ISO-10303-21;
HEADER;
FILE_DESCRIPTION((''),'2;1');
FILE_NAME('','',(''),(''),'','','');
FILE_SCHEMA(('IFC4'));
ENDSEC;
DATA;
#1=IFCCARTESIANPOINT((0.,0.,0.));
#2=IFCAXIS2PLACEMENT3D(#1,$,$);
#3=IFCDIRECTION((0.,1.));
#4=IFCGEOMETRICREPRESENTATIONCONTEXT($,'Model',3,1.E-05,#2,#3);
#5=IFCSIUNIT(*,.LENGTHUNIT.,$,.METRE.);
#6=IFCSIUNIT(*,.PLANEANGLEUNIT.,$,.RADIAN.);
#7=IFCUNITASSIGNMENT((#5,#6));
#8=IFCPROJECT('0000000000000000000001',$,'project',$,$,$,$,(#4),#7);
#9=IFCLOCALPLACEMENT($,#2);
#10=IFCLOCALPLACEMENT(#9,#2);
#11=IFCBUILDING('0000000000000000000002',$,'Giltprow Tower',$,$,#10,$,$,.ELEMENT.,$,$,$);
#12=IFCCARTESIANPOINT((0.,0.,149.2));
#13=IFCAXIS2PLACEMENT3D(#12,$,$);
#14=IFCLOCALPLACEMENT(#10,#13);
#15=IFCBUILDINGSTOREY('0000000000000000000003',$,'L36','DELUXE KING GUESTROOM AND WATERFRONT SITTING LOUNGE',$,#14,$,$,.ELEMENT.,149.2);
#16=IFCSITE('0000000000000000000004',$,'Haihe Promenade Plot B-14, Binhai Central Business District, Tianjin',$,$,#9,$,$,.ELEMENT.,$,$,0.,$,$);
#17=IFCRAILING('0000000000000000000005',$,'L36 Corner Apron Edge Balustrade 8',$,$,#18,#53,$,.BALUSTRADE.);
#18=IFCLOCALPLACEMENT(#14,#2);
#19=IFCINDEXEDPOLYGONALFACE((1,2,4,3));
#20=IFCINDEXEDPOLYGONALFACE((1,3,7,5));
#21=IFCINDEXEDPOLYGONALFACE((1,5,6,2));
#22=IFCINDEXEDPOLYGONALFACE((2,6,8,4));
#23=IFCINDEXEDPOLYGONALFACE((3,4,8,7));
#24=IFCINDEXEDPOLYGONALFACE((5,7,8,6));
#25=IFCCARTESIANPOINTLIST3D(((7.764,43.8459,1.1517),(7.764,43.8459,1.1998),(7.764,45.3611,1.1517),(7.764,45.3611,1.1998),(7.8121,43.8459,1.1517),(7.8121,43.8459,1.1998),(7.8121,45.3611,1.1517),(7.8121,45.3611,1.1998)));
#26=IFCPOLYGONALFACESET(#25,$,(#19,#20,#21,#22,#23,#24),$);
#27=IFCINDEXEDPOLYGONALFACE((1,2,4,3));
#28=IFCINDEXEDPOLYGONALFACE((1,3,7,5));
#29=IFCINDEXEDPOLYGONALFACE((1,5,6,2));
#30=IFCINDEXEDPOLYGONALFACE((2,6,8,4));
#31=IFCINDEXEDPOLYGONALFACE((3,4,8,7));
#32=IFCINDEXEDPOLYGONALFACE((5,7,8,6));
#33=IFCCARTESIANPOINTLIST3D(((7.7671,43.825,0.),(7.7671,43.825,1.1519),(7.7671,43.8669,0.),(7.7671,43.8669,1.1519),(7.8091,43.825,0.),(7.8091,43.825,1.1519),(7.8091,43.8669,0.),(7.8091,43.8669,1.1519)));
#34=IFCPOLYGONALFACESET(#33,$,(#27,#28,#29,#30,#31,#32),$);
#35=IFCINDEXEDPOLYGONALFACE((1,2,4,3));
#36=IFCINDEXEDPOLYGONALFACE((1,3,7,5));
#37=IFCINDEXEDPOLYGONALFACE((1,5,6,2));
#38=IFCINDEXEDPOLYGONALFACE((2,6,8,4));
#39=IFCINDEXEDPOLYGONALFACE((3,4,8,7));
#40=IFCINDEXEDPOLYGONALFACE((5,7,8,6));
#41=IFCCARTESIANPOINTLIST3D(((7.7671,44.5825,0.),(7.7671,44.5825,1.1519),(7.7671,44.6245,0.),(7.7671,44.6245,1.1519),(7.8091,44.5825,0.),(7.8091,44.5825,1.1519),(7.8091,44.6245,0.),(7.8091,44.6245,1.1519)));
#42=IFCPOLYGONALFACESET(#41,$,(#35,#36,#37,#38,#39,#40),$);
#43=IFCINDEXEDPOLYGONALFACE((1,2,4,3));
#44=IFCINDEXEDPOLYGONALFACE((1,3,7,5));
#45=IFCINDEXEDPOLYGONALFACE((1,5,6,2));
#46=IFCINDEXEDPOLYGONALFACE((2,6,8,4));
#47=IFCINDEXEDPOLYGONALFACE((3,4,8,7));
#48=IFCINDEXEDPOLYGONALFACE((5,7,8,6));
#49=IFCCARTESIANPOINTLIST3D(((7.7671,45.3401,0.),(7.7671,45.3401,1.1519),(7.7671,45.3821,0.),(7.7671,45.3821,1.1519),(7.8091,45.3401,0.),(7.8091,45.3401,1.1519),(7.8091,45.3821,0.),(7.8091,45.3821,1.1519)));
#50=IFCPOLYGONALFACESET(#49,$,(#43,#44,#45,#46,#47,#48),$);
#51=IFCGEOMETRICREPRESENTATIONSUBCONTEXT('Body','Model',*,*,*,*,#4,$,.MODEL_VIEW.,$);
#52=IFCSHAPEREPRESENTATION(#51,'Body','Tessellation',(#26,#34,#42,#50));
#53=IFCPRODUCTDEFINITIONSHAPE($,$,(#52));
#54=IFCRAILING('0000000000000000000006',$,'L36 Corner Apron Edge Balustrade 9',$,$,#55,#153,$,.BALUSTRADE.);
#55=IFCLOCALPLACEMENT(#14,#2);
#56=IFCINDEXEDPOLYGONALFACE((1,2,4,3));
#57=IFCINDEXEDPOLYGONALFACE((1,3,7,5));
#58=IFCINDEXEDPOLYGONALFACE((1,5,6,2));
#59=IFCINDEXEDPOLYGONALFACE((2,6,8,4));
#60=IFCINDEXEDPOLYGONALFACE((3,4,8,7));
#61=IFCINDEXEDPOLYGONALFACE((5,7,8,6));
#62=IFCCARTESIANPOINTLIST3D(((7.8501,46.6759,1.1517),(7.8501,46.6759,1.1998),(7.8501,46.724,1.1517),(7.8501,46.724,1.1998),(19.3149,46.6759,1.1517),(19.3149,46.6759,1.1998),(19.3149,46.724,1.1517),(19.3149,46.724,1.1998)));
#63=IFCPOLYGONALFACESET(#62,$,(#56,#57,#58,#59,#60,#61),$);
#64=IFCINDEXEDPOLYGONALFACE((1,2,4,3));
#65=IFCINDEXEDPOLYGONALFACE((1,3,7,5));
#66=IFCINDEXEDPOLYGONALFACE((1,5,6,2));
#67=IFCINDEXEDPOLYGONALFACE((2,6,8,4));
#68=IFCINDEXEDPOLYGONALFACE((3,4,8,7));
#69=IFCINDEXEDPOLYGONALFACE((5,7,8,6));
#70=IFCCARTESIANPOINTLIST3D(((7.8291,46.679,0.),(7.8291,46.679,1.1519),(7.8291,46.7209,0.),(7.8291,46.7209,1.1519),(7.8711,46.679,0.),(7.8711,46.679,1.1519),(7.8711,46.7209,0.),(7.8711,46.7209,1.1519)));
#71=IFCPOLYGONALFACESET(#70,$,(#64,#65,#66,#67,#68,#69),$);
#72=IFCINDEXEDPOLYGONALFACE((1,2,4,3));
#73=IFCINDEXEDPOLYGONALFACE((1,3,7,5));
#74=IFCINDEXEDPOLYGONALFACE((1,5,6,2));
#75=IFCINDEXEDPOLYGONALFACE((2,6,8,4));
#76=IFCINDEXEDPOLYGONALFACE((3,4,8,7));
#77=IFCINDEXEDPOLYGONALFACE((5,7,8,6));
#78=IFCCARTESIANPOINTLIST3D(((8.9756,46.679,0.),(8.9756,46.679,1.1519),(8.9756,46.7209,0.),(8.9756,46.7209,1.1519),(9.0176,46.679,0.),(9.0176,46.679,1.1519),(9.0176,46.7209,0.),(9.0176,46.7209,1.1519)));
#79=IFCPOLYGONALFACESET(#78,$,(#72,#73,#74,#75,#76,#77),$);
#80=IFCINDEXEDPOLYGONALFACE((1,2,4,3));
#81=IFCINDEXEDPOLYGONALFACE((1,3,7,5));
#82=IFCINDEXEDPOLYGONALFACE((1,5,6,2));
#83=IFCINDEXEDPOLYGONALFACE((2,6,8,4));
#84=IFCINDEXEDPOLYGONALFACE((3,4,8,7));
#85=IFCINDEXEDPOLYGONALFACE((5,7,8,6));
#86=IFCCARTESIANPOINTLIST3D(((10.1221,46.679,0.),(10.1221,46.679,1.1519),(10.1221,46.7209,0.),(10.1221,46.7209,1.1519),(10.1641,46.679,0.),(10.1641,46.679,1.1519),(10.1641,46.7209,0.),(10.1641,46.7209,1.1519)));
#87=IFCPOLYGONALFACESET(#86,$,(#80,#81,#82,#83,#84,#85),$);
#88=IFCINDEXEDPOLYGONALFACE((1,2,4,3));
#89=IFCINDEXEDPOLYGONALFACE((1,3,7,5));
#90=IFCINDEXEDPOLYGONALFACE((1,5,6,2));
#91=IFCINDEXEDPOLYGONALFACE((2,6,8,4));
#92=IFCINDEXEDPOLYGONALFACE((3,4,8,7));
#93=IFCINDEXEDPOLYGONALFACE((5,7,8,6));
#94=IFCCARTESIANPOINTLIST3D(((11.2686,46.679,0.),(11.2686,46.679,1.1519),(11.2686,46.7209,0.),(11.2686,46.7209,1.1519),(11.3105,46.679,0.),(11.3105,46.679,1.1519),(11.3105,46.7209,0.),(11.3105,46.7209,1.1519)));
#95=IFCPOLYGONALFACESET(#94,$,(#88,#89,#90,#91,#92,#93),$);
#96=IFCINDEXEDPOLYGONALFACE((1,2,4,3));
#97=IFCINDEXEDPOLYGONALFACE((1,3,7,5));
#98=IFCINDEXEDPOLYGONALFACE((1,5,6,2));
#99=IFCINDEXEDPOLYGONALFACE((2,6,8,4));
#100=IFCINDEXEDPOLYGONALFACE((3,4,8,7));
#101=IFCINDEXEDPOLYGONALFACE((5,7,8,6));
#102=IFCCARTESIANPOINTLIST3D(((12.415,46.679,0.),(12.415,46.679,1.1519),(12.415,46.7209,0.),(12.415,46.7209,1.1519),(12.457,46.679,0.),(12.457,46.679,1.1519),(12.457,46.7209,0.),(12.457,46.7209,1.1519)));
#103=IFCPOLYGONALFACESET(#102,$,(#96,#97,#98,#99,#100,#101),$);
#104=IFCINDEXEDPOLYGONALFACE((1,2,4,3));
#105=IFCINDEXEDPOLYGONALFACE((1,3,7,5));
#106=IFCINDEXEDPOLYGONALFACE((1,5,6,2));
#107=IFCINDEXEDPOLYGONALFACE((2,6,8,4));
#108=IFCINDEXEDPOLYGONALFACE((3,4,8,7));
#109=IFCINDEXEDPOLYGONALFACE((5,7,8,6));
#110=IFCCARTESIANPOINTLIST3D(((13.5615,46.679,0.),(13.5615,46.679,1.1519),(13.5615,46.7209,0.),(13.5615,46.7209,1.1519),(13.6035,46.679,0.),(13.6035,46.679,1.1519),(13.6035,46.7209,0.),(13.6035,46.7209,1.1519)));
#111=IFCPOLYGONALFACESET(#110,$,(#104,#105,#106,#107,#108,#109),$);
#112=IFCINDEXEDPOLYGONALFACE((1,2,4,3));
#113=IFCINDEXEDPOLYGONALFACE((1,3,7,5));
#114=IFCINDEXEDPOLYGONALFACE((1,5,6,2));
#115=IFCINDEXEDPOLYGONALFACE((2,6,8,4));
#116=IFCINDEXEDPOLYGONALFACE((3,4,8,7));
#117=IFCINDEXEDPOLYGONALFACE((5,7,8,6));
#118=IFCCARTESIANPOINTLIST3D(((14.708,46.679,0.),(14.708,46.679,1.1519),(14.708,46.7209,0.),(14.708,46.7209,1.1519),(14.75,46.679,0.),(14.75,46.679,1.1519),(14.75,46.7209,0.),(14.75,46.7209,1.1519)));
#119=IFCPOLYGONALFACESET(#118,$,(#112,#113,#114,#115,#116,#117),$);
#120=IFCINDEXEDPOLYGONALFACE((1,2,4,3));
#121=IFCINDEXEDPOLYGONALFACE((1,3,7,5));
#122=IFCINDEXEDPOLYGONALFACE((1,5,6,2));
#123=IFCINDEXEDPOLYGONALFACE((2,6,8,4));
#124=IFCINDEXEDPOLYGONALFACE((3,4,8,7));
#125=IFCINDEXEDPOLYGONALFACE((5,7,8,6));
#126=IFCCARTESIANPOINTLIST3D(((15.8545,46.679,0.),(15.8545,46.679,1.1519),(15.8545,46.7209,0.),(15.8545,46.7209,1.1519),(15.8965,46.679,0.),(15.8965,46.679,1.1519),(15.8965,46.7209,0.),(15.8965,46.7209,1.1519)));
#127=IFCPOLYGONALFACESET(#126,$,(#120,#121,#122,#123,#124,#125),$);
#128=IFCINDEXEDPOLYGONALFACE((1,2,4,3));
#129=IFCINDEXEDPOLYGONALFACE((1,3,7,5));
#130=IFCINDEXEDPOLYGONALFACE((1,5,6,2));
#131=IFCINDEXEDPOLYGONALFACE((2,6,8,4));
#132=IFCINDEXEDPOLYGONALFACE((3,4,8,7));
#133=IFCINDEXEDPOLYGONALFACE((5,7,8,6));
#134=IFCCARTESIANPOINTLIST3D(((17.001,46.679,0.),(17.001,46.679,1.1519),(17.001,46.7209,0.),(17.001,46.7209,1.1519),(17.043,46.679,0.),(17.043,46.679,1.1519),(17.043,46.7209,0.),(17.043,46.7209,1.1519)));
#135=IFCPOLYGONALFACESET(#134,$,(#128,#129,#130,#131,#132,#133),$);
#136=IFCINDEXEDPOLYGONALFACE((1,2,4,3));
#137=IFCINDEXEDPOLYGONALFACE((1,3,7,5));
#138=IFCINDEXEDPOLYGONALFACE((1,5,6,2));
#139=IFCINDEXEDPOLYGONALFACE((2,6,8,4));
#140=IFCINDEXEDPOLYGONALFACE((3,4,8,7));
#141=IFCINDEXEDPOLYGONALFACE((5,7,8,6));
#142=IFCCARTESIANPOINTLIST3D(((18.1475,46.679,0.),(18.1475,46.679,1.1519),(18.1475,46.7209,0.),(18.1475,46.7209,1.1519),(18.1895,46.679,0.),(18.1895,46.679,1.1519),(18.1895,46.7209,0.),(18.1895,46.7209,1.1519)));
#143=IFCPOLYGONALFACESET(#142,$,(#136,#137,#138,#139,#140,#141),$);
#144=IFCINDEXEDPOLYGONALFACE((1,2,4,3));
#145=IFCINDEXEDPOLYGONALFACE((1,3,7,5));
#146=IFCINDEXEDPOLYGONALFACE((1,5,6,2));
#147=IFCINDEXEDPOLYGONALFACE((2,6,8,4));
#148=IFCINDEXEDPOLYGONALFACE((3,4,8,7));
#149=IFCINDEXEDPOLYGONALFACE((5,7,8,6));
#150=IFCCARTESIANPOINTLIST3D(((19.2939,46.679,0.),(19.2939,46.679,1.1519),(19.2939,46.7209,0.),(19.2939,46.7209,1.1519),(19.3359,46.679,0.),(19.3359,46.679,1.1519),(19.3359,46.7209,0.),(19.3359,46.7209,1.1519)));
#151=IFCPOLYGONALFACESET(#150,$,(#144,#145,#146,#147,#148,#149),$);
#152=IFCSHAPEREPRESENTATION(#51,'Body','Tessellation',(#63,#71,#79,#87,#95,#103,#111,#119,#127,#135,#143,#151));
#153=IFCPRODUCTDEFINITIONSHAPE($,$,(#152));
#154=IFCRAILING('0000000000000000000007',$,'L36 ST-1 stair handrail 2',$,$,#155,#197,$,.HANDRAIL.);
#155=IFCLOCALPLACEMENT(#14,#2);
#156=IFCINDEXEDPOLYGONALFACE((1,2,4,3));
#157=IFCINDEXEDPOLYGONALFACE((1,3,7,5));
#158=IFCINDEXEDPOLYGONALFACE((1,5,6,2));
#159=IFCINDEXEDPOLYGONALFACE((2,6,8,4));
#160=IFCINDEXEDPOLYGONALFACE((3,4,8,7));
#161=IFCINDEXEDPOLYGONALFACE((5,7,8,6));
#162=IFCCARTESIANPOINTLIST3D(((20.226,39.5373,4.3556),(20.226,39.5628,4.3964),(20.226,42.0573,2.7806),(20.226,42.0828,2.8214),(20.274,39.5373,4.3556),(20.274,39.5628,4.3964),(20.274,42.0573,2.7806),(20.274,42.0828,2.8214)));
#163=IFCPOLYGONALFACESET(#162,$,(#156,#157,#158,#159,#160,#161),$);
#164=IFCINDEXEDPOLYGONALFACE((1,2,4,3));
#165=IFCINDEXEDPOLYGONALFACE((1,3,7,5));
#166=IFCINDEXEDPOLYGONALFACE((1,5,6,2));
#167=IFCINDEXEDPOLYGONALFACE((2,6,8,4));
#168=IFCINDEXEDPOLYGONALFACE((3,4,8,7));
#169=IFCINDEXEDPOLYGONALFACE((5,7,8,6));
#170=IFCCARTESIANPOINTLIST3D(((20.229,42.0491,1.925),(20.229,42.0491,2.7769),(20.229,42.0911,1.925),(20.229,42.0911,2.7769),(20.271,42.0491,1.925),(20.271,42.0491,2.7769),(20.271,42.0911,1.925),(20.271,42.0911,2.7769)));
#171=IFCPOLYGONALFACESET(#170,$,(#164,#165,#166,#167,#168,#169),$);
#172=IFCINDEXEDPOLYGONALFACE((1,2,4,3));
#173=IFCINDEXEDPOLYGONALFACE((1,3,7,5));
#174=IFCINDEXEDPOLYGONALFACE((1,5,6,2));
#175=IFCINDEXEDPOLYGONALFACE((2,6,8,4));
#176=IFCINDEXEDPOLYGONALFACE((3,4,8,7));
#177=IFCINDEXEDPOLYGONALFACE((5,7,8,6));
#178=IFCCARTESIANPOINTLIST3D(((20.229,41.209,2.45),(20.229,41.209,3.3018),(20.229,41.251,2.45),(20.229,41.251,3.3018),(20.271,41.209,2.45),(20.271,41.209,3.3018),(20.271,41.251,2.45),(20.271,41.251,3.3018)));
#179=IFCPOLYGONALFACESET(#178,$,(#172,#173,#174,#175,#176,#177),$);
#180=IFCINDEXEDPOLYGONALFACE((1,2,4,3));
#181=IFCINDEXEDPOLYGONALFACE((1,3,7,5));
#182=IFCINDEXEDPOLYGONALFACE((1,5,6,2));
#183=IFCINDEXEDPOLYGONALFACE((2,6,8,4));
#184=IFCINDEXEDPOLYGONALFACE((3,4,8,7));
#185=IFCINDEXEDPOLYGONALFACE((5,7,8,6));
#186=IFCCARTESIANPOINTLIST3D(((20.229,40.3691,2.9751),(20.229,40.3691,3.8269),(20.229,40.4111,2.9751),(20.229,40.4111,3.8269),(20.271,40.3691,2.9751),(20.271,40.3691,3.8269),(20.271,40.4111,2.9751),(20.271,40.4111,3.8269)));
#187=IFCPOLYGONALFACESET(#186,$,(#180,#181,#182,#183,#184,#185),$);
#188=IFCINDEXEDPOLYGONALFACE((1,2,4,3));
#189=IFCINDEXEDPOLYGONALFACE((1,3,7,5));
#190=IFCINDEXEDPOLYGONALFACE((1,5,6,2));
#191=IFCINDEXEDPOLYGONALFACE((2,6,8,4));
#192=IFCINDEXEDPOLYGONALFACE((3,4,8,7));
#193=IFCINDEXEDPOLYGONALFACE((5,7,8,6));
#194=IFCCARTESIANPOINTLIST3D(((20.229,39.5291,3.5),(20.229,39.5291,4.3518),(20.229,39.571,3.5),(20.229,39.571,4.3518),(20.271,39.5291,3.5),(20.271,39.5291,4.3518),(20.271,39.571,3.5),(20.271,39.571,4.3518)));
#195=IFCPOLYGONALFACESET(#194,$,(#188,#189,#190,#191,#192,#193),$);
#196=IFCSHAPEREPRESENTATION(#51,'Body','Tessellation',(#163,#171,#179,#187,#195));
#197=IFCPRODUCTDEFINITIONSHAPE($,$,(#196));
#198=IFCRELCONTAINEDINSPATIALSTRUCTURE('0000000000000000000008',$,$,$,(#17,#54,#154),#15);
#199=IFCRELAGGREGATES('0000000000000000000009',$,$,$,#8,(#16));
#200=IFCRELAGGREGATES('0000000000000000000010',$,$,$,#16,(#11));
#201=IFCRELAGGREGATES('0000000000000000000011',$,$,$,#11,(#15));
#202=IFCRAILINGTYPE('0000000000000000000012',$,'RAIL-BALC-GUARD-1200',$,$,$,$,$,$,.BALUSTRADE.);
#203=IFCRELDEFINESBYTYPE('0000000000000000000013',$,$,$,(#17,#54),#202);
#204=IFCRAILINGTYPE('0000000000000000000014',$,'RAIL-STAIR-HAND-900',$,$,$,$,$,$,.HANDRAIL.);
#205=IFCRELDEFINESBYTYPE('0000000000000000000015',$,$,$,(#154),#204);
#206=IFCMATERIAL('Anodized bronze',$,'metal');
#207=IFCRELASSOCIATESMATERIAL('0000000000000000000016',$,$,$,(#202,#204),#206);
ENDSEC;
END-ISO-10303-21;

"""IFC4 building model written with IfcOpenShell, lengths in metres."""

from ifc_helpers import new_model, si_unit, direction, frame, origin, origin_2d, place, context, subcontext, project, spatial, rectangle, extrude, material, type_object, element, save


model = new_model("IFC4")

# Units and contexts
model_context = context("Model", 3, precision=1e-05, world=origin(), true_north=direction((0.0, 1.0)))
body_context = subcontext(model_context, "Body", "Model", "MODEL_VIEW")
ifc_project = project(units=[si_unit("LENGTHUNIT", "METRE"), si_unit("PLANEANGLEUNIT", "RADIAN")], contexts=[model_context])

# Site, building, storey
site_placement = place(None, origin())
site = spatial("IfcSite", under=ifc_project, at=site_placement, Name="Haihe Promenade Plot B-14, Binhai Central Business District, Tianjin", CompositionType="ELEMENT", RefElevation=0.0)
building_placement = place(site_placement, origin())
building = spatial("IfcBuilding", under=site, at=building_placement, Name="Giltprow Tower", CompositionType="ELEMENT")
storey_placement = place(building_placement, frame((0.0, 0.0, 149.2)))
storey = spatial("IfcBuildingStorey", under=building, at=storey_placement, Name="L36", Description="DELUXE KING GUESTROOM AND WATERFRONT SITTING LOUNGE", CompositionType="ELEMENT", Elevation=149.2)

# Railings
ifc_material_1 = material(Name="Anodized bronze", Category="metal")
railing_type_1 = type_object("IfcRailingType", Name="RAIL-BALC-GUARD-1200", PredefinedType="BALUSTRADE", material=ifc_material_1)
railing_1_placement = place(storey_placement, frame((7.7881, 43.8459, 0.0)))
element("IfcRailing", 1, at=railing_1_placement, inside=storey, type_object=railing_type_1, Name="L36 Corner Apron Edge Balustrade 8", PredefinedType="BALUSTRADE", context=body_context, shape_type="SweptSolid", body=[
    extrude(rectangle(XDim=0.0481, YDim=0.0481, at=origin_2d()), frame((0.0, 0.0, 1.1758), z_axis=(0.0, 1.0, 0.0), x_axis=(-1.0, 0.0, 0.0)), (0.0, 0.0, 1.0), 1.5151),
    extrude(rectangle(XDim=0.042, YDim=0.042, at=origin_2d()), origin(), (0.0, 0.0, 1.0), 1.1519),
    extrude(rectangle(XDim=0.042, YDim=0.042, at=origin_2d()), frame((0.0, 0.7576, 0.0)), (0.0, 0.0, 1.0), 1.1519),
    extrude(rectangle(XDim=0.042, YDim=0.042, at=origin_2d()), frame((0.0, 1.5151, 0.0)), (0.0, 0.0, 1.0), 1.1519),
])
railing_2_placement = place(storey_placement, frame((7.8501, 46.7, 0.0)))
element("IfcRailing", 2, at=railing_2_placement, inside=storey, type_object=railing_type_1, Name="L36 Corner Apron Edge Balustrade 9", PredefinedType="BALUSTRADE", context=body_context, shape_type="SweptSolid", body=[
    extrude(rectangle(XDim=0.0481, YDim=0.0481, at=origin_2d()), frame((0.0, 0.0, 1.1758), z_axis=(1.0, 0.0, 0.0), x_axis=(0.0, 1.0, 0.0)), (0.0, 0.0, 1.0), 11.4648),
    extrude(rectangle(XDim=0.042, YDim=0.042, at=origin_2d()), origin(), (0.0, 0.0, 1.0), 1.1519),
    extrude(rectangle(XDim=0.042, YDim=0.042, at=origin_2d()), frame((1.1465, 0.0, 0.0)), (0.0, 0.0, 1.0), 1.1519),
    extrude(rectangle(XDim=0.042, YDim=0.042, at=origin_2d()), frame((2.293, 0.0, 0.0)), (0.0, 0.0, 1.0), 1.1519),
    extrude(rectangle(XDim=0.042, YDim=0.042, at=origin_2d()), frame((3.4395, 0.0, 0.0)), (0.0, 0.0, 1.0), 1.1519),
    extrude(rectangle(XDim=0.042, YDim=0.042, at=origin_2d()), frame((4.5859, 0.0, 0.0)), (0.0, 0.0, 1.0), 1.1519),
    extrude(rectangle(XDim=0.042, YDim=0.042, at=origin_2d()), frame((5.7324, 0.0, 0.0)), (0.0, 0.0, 1.0), 1.1519),
    extrude(rectangle(XDim=0.042, YDim=0.042, at=origin_2d()), frame((6.8789, 0.0, 0.0)), (0.0, 0.0, 1.0), 1.1519),
    extrude(rectangle(XDim=0.042, YDim=0.042, at=origin_2d()), frame((8.0254, 0.0, 0.0)), (0.0, 0.0, 1.0), 1.1519),
    extrude(rectangle(XDim=0.042, YDim=0.042, at=origin_2d()), frame((9.1719, 0.0, 0.0)), (0.0, 0.0, 1.0), 1.1519),
    extrude(rectangle(XDim=0.042, YDim=0.042, at=origin_2d()), frame((10.3184, 0.0, 0.0)), (0.0, 0.0, 1.0), 1.1519),
    extrude(rectangle(XDim=0.042, YDim=0.042, at=origin_2d()), frame((11.4648, 0.0, 0.0)), (0.0, 0.0, 1.0), 1.1519),
])
railing_type_2 = type_object("IfcRailingType", Name="RAIL-STAIR-HAND-900", PredefinedType="HANDRAIL", material=ifc_material_1)
railing_3_placement = place(storey_placement, frame((20.25, 42.0701, 1.925)))
element("IfcRailing", 3, at=railing_3_placement, inside=storey, type_object=railing_type_2, Name="L36 ST-1 stair handrail 2", PredefinedType="HANDRAIL", context=body_context, shape_type="SweptSolid", body=[
    extrude(rectangle(XDim=0.0481, YDim=0.0481, at=origin_2d()), frame((0.0, 0.0, 0.876), z_axis=(0.0, -0.848008, 0.529984), x_axis=(1.0, 0.0, 0.0)), (0.0, 0.0, 1.0), 2.9717),
    extrude(rectangle(XDim=0.042, YDim=0.042, at=origin_2d()), origin(), (0.0, 0.0, 1.0), 0.8518),
    extrude(rectangle(XDim=0.042, YDim=0.042, at=origin_2d()), frame((0.0, -0.8401, 0.5249)), (0.0, 0.0, 1.0), 0.8518),
    extrude(rectangle(XDim=0.042, YDim=0.042, at=origin_2d()), frame((0.0, -1.6799, 1.05)), (0.0, 0.0, 1.0), 0.8518),
    extrude(rectangle(XDim=0.042, YDim=0.042, at=origin_2d()), frame((0.0, -2.52, 1.575)), (0.0, 0.0, 1.0), 0.8518),
])

save(model, "model.ifc")
